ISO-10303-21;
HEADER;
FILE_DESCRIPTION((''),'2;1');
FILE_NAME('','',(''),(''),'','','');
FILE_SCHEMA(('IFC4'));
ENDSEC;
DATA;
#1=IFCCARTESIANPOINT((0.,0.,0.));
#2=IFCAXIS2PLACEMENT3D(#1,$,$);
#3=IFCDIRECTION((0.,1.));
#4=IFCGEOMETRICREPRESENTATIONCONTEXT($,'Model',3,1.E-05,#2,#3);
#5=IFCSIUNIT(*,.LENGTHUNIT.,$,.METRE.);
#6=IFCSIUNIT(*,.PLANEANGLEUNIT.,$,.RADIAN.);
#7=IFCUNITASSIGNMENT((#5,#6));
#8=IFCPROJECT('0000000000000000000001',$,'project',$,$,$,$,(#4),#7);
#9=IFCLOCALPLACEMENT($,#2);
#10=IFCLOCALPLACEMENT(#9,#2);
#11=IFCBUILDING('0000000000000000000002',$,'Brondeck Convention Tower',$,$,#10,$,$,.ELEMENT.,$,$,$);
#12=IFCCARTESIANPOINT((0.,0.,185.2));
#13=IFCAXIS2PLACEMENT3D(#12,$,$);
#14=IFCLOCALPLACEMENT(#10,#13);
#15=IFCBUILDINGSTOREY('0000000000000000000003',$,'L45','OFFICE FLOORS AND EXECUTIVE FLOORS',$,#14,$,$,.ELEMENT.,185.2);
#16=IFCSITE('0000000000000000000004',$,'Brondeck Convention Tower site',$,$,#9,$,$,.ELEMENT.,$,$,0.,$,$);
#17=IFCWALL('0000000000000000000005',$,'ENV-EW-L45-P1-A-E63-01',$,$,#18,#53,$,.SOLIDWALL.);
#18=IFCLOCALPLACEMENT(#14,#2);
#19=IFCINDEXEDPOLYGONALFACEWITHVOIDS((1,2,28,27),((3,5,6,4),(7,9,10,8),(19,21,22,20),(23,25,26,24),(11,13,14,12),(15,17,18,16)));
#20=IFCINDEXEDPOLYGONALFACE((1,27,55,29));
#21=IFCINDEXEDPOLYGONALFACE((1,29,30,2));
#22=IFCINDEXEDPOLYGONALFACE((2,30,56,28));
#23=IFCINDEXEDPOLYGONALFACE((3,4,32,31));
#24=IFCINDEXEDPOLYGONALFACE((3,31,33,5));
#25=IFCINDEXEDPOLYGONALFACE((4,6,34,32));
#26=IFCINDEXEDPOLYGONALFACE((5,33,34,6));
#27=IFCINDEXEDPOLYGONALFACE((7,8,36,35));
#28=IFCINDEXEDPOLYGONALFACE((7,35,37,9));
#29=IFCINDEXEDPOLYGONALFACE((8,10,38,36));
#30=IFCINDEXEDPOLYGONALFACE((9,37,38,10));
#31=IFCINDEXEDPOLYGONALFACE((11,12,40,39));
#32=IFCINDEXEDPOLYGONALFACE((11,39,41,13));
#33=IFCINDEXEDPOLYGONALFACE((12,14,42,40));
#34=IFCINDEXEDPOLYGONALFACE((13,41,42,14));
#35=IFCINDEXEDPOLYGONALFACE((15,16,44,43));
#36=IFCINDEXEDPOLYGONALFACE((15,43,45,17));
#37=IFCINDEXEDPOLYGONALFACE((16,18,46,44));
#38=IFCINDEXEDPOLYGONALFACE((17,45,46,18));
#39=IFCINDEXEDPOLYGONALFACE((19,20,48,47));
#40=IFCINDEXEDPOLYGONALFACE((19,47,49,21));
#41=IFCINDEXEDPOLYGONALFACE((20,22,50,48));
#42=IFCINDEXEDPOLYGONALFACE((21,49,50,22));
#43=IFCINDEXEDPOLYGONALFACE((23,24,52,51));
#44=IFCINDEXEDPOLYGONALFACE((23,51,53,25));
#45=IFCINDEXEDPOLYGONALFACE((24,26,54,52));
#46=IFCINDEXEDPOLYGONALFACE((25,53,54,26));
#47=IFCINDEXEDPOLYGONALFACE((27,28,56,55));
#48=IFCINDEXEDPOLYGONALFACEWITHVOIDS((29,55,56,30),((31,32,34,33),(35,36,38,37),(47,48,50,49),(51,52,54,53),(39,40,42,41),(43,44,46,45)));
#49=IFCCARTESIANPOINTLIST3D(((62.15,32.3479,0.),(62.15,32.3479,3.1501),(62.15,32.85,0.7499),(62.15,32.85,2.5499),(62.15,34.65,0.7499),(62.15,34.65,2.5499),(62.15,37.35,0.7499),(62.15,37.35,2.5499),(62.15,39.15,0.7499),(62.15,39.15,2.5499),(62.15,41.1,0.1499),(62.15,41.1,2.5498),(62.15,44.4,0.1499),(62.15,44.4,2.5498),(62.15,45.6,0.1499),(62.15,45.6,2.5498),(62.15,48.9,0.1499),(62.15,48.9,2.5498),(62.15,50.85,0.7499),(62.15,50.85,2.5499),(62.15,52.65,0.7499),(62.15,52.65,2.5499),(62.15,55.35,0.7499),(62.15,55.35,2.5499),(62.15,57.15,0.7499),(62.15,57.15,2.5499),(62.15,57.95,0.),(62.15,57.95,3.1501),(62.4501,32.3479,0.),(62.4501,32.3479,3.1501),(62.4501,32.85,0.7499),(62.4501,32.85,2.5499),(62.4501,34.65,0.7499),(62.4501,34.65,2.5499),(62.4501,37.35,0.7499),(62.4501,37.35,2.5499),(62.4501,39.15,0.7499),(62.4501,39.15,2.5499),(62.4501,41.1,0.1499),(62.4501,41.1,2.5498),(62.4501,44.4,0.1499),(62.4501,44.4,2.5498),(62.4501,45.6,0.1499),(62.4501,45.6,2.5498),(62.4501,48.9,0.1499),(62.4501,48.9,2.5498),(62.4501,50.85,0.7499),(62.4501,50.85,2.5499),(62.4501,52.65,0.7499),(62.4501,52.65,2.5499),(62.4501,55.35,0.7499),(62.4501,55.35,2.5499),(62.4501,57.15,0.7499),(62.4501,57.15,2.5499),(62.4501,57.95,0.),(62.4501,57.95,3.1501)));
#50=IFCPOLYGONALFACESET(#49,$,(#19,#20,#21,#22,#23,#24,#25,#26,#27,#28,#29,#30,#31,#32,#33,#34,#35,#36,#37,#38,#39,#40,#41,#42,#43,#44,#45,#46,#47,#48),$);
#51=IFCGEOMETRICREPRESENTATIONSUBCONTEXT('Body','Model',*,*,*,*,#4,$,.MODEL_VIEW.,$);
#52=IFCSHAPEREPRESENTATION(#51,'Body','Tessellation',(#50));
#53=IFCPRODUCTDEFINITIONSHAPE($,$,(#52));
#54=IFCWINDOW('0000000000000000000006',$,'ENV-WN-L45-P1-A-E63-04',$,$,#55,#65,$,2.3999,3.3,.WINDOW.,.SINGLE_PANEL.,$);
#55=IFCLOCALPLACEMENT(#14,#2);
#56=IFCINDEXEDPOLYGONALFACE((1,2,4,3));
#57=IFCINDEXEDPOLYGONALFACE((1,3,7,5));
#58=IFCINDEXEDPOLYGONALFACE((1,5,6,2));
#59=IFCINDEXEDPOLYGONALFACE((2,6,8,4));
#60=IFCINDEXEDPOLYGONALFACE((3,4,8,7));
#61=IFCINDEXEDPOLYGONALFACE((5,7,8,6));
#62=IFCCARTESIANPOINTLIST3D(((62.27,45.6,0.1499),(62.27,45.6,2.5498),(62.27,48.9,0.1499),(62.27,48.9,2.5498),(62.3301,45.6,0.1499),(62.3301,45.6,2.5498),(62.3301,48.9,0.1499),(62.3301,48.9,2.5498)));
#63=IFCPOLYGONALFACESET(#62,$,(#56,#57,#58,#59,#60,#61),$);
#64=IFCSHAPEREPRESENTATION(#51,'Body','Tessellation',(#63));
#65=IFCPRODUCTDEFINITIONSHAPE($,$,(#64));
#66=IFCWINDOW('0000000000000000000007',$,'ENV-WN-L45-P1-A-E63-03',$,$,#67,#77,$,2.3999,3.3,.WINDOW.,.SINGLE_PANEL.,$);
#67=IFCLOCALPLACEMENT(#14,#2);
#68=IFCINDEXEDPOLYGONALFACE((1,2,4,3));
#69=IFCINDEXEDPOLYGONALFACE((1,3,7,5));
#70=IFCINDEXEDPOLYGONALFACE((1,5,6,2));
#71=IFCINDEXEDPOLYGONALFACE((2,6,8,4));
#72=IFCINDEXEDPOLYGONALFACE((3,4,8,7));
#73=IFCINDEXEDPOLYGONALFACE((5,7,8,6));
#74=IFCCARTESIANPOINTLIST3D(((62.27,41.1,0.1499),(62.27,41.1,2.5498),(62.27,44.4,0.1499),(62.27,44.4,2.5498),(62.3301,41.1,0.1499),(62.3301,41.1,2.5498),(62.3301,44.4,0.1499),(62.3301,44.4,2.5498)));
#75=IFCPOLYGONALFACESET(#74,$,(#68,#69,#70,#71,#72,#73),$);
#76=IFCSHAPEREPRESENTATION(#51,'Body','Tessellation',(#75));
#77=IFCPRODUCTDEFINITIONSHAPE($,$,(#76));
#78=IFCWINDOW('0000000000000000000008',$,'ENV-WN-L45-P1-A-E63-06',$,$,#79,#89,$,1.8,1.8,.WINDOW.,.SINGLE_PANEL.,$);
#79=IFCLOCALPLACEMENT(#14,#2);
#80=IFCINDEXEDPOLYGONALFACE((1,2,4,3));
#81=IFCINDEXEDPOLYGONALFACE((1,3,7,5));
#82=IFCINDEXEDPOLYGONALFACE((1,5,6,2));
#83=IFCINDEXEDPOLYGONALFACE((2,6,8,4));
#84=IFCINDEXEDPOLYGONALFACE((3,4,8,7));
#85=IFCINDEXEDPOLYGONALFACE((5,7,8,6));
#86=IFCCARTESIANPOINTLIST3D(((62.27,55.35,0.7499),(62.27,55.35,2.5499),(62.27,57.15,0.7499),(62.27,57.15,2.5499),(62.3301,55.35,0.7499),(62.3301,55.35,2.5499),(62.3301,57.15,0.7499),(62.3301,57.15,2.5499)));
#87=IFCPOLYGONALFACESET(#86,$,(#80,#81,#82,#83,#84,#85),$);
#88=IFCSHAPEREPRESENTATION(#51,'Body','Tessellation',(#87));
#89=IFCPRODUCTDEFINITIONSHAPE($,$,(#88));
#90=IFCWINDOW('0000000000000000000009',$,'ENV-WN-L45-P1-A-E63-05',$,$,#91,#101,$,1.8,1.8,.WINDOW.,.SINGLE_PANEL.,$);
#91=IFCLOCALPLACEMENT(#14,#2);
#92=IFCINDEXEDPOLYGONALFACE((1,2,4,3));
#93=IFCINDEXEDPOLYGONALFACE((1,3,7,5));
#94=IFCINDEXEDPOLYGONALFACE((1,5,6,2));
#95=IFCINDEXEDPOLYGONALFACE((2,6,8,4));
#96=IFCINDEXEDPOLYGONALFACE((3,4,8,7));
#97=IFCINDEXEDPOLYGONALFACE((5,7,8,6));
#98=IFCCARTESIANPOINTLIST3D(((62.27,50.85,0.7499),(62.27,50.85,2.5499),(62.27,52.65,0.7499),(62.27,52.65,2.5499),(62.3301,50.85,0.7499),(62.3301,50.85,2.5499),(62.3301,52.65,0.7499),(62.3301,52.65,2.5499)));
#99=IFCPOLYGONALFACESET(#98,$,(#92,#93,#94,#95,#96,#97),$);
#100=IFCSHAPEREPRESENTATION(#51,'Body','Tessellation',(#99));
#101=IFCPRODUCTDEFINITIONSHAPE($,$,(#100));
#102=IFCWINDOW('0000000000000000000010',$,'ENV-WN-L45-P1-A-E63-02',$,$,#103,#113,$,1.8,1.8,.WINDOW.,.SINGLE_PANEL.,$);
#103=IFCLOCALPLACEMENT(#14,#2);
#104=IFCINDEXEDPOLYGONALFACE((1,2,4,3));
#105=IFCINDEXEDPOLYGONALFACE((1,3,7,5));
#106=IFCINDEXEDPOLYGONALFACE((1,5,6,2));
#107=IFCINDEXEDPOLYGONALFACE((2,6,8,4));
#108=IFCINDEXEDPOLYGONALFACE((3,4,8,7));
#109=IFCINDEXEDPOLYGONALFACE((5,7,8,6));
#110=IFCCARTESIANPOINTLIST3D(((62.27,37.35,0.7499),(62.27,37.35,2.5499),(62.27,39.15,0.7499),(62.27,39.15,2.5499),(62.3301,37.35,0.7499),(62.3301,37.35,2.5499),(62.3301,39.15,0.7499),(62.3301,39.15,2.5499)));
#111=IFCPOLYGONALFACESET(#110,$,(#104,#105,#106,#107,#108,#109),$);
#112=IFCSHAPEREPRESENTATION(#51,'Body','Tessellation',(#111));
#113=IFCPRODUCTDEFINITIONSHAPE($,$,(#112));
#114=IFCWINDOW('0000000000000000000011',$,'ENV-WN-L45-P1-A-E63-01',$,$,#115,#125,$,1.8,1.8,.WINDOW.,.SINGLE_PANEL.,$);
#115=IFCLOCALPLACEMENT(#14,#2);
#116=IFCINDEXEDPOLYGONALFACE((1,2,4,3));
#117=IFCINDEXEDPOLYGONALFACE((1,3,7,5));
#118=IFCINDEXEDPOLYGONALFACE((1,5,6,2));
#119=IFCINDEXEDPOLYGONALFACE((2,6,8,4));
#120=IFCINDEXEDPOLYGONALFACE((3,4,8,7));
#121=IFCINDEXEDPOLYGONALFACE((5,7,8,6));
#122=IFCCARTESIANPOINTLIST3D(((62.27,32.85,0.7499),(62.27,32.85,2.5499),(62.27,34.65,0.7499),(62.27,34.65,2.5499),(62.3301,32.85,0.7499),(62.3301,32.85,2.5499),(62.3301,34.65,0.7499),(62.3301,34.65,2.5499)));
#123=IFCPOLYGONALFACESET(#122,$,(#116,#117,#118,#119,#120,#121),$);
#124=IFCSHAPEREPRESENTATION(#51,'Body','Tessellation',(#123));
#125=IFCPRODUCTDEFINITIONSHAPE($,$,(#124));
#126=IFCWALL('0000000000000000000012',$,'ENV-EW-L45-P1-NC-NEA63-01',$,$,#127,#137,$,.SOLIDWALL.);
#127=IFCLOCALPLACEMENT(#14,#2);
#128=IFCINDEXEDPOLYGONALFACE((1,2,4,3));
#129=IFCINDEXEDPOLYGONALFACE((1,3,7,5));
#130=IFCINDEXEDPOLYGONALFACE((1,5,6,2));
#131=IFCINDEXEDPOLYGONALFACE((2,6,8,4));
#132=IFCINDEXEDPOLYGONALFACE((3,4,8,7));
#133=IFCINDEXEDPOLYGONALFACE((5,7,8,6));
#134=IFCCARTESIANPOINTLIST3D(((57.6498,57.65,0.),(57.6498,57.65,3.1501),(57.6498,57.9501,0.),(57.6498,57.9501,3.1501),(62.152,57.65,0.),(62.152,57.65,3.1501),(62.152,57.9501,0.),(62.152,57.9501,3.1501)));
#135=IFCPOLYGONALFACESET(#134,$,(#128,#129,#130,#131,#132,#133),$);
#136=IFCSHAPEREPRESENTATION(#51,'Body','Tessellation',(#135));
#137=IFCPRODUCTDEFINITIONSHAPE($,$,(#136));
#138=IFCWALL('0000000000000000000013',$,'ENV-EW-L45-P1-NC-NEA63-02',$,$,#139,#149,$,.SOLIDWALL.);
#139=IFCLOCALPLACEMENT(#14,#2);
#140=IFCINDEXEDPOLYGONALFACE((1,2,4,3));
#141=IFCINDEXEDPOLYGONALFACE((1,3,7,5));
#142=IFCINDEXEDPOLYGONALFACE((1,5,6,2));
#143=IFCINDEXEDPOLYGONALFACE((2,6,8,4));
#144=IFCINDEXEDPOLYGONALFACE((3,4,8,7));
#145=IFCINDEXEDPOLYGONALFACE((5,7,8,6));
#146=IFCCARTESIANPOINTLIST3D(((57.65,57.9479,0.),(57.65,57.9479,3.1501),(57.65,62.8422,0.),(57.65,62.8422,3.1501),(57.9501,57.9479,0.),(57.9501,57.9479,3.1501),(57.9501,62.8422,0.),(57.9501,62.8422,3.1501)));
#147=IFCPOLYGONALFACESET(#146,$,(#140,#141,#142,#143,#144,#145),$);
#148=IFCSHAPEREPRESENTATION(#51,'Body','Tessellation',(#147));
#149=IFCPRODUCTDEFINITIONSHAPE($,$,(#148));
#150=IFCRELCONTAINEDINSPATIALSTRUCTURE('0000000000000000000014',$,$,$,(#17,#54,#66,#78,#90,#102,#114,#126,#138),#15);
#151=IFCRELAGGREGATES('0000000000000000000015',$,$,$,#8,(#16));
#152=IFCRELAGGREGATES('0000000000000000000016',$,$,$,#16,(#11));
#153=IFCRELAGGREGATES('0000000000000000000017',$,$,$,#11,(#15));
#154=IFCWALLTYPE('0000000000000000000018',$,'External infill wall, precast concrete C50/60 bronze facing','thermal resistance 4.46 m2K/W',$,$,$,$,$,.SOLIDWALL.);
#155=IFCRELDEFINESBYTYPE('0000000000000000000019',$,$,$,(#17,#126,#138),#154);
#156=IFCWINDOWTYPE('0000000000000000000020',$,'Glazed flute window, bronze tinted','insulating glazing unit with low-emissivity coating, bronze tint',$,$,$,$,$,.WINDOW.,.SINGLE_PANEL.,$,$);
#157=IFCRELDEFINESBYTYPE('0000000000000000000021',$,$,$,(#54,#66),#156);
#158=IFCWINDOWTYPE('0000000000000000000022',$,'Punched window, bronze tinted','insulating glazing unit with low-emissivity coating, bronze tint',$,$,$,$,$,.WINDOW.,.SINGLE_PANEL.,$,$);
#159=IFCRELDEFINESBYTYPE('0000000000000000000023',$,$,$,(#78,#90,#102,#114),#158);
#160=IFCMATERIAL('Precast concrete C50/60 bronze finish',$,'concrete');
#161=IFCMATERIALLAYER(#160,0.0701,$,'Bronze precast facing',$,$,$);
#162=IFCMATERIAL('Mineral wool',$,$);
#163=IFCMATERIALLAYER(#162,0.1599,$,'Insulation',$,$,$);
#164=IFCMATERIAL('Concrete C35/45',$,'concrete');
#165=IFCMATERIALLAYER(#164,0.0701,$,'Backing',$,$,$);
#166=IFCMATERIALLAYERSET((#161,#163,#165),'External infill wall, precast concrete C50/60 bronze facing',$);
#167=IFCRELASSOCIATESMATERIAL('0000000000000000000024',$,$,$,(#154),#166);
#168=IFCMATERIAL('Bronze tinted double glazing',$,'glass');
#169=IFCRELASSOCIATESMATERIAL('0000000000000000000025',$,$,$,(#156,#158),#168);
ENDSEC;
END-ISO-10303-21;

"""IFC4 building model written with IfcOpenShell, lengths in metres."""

from ifc_helpers import new_model, si_unit, direction, frame, frame_2d, origin, place, context, subcontext, project, spatial, rectangle, extrude, material, layer, layer_set, type_object, element, fill, save


model = new_model("IFC4")

# Units and contexts
model_context = context("Model", 3, precision=1e-05, world=origin(), true_north=direction((0.0, 1.0)))
body_context = subcontext(model_context, "Body", "Model", "MODEL_VIEW")
ifc_project = project(units=[si_unit("LENGTHUNIT", "METRE"), si_unit("PLANEANGLEUNIT", "RADIAN")], contexts=[model_context])

# Site, building, storey
site_placement = place(None, origin())
site = spatial("IfcSite", under=ifc_project, at=site_placement, Name="Brondeck Convention Tower site", CompositionType="ELEMENT", RefElevation=0.0)
building_placement = place(site_placement, origin())
building = spatial("IfcBuilding", under=site, at=building_placement, Name="Brondeck Convention Tower", CompositionType="ELEMENT")
storey_placement = place(building_placement, frame((0.0, 0.0, 185.2)))
storey = spatial("IfcBuildingStorey", under=building, at=storey_placement, Name="L45", Description="OFFICE FLOORS AND EXECUTIVE FLOORS", CompositionType="ELEMENT", Elevation=185.2)

# Wall, openings, windows
ifc_material_1 = material(Name="Precast concrete C50/60 bronze finish", Category="concrete")
ifc_layer_1 = layer(ifc_material_1, 0.0701, Name="Bronze precast facing")
ifc_material_2 = material(Name="Mineral wool")
ifc_layer_2 = layer(ifc_material_2, 0.1599, Name="Insulation")
ifc_material_3 = material(Name="Concrete C35/45", Category="concrete")
ifc_layer_3 = layer(ifc_material_3, 0.0701, Name="Backing")
ifc_layer_set_1 = layer_set([ifc_layer_1, ifc_layer_2, ifc_layer_3], Name="External infill wall, precast concrete C50/60 bronze facing")
wall_type_1 = type_object("IfcWallType", Name="External infill wall, precast concrete C50/60 bronze facing", Description="thermal resistance 4.46 m2K/W", PredefinedType="SOLIDWALL", material=ifc_layer_set_1)
wall_1_placement = place(storey_placement, frame((62.3, 57.95, 0.0), z_axis=(0.0, 0.0, 1.0), x_axis=(0.0, -1.0, 0.0)))
wall_1 = element("IfcWall", 1, at=wall_1_placement, inside=storey, type_object=wall_type_1, Name="ENV-EW-L45-P1-A-E63-01", PredefinedType="SOLIDWALL", context=body_context, shape_type="SweptSolid", body=[
    extrude(rectangle(XDim=25.6021, YDim=0.3, at=frame_2d((12.801, 0.0))), origin(), (0.0, 0.0, 1.0), 3.1501),
])
opening_1_placement = place(wall_1_placement, frame((0.8, 0.0, 0.75)))
opening_1 = element("IfcOpeningElement", 2, at=opening_1_placement, cuts=wall_1, PredefinedType="OPENING", context=body_context, shape_type="SweptSolid", body=[
    extrude(rectangle(XDim=1.8, YDim=1.8, at=frame_2d((0.8999, 0.8999))), frame((0.0, 0.1599, 0.0), z_axis=(0.0, -1.0, 0.0), x_axis=(1.0, 0.0, 0.0)), (0.0, 0.0, 1.0), 0.3201),
])
opening_2_placement = place(wall_1_placement, frame((5.3, 0.0, 0.75)))
opening_2 = element("IfcOpeningElement", 3, at=opening_2_placement, cuts=wall_1, PredefinedType="OPENING", context=body_context, shape_type="SweptSolid", body=[
    extrude(rectangle(XDim=1.8, YDim=1.8, at=frame_2d((0.8999, 0.8999))), frame((0.0, 0.1599, 0.0), z_axis=(0.0, -1.0, 0.0), x_axis=(1.0, 0.0, 0.0)), (0.0, 0.0, 1.0), 0.3201),
])
opening_3_placement = place(wall_1_placement, frame((9.05, 0.0, 0.1499)))
opening_3 = element("IfcOpeningElement", 4, at=opening_3_placement, cuts=wall_1, PredefinedType="OPENING", context=body_context, shape_type="SweptSolid", body=[
    extrude(rectangle(XDim=3.3, YDim=2.3999, at=frame_2d((1.6499, 1.2))), frame((0.0, 0.1599, 0.0), z_axis=(0.0, -1.0, 0.0), x_axis=(1.0, 0.0, 0.0)), (0.0, 0.0, 1.0), 0.3201),
])
opening_4_placement = place(wall_1_placement, frame((13.55, 0.0, 0.1499)))
opening_4 = element("IfcOpeningElement", 5, at=opening_4_placement, cuts=wall_1, PredefinedType="OPENING", context=body_context, shape_type="SweptSolid", body=[
    extrude(rectangle(XDim=3.3, YDim=2.3999, at=frame_2d((1.6499, 1.2))), frame((0.0, 0.1599, 0.0), z_axis=(0.0, -1.0, 0.0), x_axis=(1.0, 0.0, 0.0)), (0.0, 0.0, 1.0), 0.3201),
])
opening_5_placement = place(wall_1_placement, frame((18.8, 0.0, 0.75)))
opening_5 = element("IfcOpeningElement", 6, at=opening_5_placement, cuts=wall_1, PredefinedType="OPENING", context=body_context, shape_type="SweptSolid", body=[
    extrude(rectangle(XDim=1.8, YDim=1.8, at=frame_2d((0.8999, 0.8999))), frame((0.0, 0.1599, 0.0), z_axis=(0.0, -1.0, 0.0), x_axis=(1.0, 0.0, 0.0)), (0.0, 0.0, 1.0), 0.3201),
])
opening_6_placement = place(wall_1_placement, frame((23.3, 0.0, 0.75)))
opening_6 = element("IfcOpeningElement", 7, at=opening_6_placement, cuts=wall_1, PredefinedType="OPENING", context=body_context, shape_type="SweptSolid", body=[
    extrude(rectangle(XDim=1.8, YDim=1.8, at=frame_2d((0.8999, 0.8999))), frame((0.0, 0.1599, 0.0), z_axis=(0.0, -1.0, 0.0), x_axis=(1.0, 0.0, 0.0)), (0.0, 0.0, 1.0), 0.3201),
])
ifc_material_4 = material(Name="Bronze tinted double glazing", Category="glass")
window_type_1 = type_object("IfcWindowType", Name="Glazed flute window, bronze tinted", Description="insulating glazing unit with low-emissivity coating, bronze tint", PartitioningType="SINGLE_PANEL", PredefinedType="WINDOW", material=ifc_material_4)
window_1_placement = place(opening_3_placement, origin())
window_1 = element("IfcWindow", 8, at=window_1_placement, inside=storey, type_object=window_type_1, Name="ENV-WN-L45-P1-A-E63-04", OverallHeight=2.3999, OverallWidth=3.3, PartitioningType="SINGLE_PANEL", PredefinedType="WINDOW", context=body_context, shape_type="SweptSolid", body=[
    extrude(rectangle(XDim=3.3, YDim=2.3999, at=frame_2d((1.6499, 1.2))), frame((0.0, 0.03, 0.0), z_axis=(0.0, -1.0, 0.0), x_axis=(1.0, 0.0, 0.0)), (0.0, 0.0, 1.0), 0.0601),
])
fill(opening_3, window_1)
window_2_placement = place(opening_4_placement, origin())
window_2 = element("IfcWindow", 9, at=window_2_placement, inside=storey, type_object=window_type_1, Name="ENV-WN-L45-P1-A-E63-03", OverallHeight=2.3999, OverallWidth=3.3, PartitioningType="SINGLE_PANEL", PredefinedType="WINDOW", context=body_context, shape_type="SweptSolid", body=[
    extrude(rectangle(XDim=3.3, YDim=2.3999, at=frame_2d((1.6499, 1.2))), frame((0.0, 0.03, 0.0), z_axis=(0.0, -1.0, 0.0), x_axis=(1.0, 0.0, 0.0)), (0.0, 0.0, 1.0), 0.0601),
])
fill(opening_4, window_2)
window_type_2 = type_object("IfcWindowType", Name="Punched window, bronze tinted", Description="insulating glazing unit with low-emissivity coating, bronze tint", PartitioningType="SINGLE_PANEL", PredefinedType="WINDOW", material=ifc_material_4)
window_3_placement = place(opening_1_placement, origin())
window_3 = element("IfcWindow", 10, at=window_3_placement, inside=storey, type_object=window_type_2, Name="ENV-WN-L45-P1-A-E63-06", OverallHeight=1.8, OverallWidth=1.8, PartitioningType="SINGLE_PANEL", PredefinedType="WINDOW", context=body_context, shape_type="SweptSolid", body=[
    extrude(rectangle(XDim=1.8, YDim=1.8, at=frame_2d((0.8999, 0.8999))), frame((0.0, 0.03, 0.0), z_axis=(0.0, -1.0, 0.0), x_axis=(1.0, 0.0, 0.0)), (0.0, 0.0, 1.0), 0.0601),
])
fill(opening_1, window_3)
window_4_placement = place(opening_2_placement, origin())
window_4 = element("IfcWindow", 11, at=window_4_placement, inside=storey, type_object=window_type_2, Name="ENV-WN-L45-P1-A-E63-05", OverallHeight=1.8, OverallWidth=1.8, PartitioningType="SINGLE_PANEL", PredefinedType="WINDOW", context=body_context, shape_type="SweptSolid", body=[
    extrude(rectangle(XDim=1.8, YDim=1.8, at=frame_2d((0.8999, 0.8999))), frame((0.0, 0.03, 0.0), z_axis=(0.0, -1.0, 0.0), x_axis=(1.0, 0.0, 0.0)), (0.0, 0.0, 1.0), 0.0601),
])
fill(opening_2, window_4)
window_5_placement = place(opening_5_placement, origin())
window_5 = element("IfcWindow", 12, at=window_5_placement, inside=storey, type_object=window_type_2, Name="ENV-WN-L45-P1-A-E63-02", OverallHeight=1.8, OverallWidth=1.8, PartitioningType="SINGLE_PANEL", PredefinedType="WINDOW", context=body_context, shape_type="SweptSolid", body=[
    extrude(rectangle(XDim=1.8, YDim=1.8, at=frame_2d((0.8999, 0.8999))), frame((0.0, 0.03, 0.0), z_axis=(0.0, -1.0, 0.0), x_axis=(1.0, 0.0, 0.0)), (0.0, 0.0, 1.0), 0.0601),
])
fill(opening_5, window_5)
window_6_placement = place(opening_6_placement, origin())
window_6 = element("IfcWindow", 13, at=window_6_placement, inside=storey, type_object=window_type_2, Name="ENV-WN-L45-P1-A-E63-01", OverallHeight=1.8, OverallWidth=1.8, PartitioningType="SINGLE_PANEL", PredefinedType="WINDOW", context=body_context, shape_type="SweptSolid", body=[
    extrude(rectangle(XDim=1.8, YDim=1.8, at=frame_2d((0.8999, 0.8999))), frame((0.0, 0.03, 0.0), z_axis=(0.0, -1.0, 0.0), x_axis=(1.0, 0.0, 0.0)), (0.0, 0.0, 1.0), 0.0601),
])
fill(opening_6, window_6)

# Walls
wall_2_placement = place(storey_placement, frame((57.6499, 57.8, 0.0), z_axis=(0.0, 0.0, 1.0), x_axis=(1.0, 0.0, 0.0)))
element("IfcWall", 14, at=wall_2_placement, inside=storey, type_object=wall_type_1, Name="ENV-EW-L45-P1-NC-NEA63-01", PredefinedType="SOLIDWALL", context=body_context, shape_type="SweptSolid", body=[
    extrude(rectangle(XDim=4.5022, YDim=0.3, at=frame_2d((2.251, 0.0))), origin(), (0.0, 0.0, 1.0), 3.1501),
])
wall_3_placement = place(storey_placement, frame((57.8, 62.8423, 0.0), z_axis=(0.0, 0.0, 1.0), x_axis=(0.0, -1.0, 0.0)))
element("IfcWall", 15, at=wall_3_placement, inside=storey, type_object=wall_type_1, Name="ENV-EW-L45-P1-NC-NEA63-02", PredefinedType="SOLIDWALL", context=body_context, shape_type="SweptSolid", body=[
    extrude(rectangle(XDim=4.8943, YDim=0.3, at=frame_2d((2.4473, 0.0))), origin(), (0.0, 0.0, 1.0), 3.1501),
])

save(model, "model.ifc")
